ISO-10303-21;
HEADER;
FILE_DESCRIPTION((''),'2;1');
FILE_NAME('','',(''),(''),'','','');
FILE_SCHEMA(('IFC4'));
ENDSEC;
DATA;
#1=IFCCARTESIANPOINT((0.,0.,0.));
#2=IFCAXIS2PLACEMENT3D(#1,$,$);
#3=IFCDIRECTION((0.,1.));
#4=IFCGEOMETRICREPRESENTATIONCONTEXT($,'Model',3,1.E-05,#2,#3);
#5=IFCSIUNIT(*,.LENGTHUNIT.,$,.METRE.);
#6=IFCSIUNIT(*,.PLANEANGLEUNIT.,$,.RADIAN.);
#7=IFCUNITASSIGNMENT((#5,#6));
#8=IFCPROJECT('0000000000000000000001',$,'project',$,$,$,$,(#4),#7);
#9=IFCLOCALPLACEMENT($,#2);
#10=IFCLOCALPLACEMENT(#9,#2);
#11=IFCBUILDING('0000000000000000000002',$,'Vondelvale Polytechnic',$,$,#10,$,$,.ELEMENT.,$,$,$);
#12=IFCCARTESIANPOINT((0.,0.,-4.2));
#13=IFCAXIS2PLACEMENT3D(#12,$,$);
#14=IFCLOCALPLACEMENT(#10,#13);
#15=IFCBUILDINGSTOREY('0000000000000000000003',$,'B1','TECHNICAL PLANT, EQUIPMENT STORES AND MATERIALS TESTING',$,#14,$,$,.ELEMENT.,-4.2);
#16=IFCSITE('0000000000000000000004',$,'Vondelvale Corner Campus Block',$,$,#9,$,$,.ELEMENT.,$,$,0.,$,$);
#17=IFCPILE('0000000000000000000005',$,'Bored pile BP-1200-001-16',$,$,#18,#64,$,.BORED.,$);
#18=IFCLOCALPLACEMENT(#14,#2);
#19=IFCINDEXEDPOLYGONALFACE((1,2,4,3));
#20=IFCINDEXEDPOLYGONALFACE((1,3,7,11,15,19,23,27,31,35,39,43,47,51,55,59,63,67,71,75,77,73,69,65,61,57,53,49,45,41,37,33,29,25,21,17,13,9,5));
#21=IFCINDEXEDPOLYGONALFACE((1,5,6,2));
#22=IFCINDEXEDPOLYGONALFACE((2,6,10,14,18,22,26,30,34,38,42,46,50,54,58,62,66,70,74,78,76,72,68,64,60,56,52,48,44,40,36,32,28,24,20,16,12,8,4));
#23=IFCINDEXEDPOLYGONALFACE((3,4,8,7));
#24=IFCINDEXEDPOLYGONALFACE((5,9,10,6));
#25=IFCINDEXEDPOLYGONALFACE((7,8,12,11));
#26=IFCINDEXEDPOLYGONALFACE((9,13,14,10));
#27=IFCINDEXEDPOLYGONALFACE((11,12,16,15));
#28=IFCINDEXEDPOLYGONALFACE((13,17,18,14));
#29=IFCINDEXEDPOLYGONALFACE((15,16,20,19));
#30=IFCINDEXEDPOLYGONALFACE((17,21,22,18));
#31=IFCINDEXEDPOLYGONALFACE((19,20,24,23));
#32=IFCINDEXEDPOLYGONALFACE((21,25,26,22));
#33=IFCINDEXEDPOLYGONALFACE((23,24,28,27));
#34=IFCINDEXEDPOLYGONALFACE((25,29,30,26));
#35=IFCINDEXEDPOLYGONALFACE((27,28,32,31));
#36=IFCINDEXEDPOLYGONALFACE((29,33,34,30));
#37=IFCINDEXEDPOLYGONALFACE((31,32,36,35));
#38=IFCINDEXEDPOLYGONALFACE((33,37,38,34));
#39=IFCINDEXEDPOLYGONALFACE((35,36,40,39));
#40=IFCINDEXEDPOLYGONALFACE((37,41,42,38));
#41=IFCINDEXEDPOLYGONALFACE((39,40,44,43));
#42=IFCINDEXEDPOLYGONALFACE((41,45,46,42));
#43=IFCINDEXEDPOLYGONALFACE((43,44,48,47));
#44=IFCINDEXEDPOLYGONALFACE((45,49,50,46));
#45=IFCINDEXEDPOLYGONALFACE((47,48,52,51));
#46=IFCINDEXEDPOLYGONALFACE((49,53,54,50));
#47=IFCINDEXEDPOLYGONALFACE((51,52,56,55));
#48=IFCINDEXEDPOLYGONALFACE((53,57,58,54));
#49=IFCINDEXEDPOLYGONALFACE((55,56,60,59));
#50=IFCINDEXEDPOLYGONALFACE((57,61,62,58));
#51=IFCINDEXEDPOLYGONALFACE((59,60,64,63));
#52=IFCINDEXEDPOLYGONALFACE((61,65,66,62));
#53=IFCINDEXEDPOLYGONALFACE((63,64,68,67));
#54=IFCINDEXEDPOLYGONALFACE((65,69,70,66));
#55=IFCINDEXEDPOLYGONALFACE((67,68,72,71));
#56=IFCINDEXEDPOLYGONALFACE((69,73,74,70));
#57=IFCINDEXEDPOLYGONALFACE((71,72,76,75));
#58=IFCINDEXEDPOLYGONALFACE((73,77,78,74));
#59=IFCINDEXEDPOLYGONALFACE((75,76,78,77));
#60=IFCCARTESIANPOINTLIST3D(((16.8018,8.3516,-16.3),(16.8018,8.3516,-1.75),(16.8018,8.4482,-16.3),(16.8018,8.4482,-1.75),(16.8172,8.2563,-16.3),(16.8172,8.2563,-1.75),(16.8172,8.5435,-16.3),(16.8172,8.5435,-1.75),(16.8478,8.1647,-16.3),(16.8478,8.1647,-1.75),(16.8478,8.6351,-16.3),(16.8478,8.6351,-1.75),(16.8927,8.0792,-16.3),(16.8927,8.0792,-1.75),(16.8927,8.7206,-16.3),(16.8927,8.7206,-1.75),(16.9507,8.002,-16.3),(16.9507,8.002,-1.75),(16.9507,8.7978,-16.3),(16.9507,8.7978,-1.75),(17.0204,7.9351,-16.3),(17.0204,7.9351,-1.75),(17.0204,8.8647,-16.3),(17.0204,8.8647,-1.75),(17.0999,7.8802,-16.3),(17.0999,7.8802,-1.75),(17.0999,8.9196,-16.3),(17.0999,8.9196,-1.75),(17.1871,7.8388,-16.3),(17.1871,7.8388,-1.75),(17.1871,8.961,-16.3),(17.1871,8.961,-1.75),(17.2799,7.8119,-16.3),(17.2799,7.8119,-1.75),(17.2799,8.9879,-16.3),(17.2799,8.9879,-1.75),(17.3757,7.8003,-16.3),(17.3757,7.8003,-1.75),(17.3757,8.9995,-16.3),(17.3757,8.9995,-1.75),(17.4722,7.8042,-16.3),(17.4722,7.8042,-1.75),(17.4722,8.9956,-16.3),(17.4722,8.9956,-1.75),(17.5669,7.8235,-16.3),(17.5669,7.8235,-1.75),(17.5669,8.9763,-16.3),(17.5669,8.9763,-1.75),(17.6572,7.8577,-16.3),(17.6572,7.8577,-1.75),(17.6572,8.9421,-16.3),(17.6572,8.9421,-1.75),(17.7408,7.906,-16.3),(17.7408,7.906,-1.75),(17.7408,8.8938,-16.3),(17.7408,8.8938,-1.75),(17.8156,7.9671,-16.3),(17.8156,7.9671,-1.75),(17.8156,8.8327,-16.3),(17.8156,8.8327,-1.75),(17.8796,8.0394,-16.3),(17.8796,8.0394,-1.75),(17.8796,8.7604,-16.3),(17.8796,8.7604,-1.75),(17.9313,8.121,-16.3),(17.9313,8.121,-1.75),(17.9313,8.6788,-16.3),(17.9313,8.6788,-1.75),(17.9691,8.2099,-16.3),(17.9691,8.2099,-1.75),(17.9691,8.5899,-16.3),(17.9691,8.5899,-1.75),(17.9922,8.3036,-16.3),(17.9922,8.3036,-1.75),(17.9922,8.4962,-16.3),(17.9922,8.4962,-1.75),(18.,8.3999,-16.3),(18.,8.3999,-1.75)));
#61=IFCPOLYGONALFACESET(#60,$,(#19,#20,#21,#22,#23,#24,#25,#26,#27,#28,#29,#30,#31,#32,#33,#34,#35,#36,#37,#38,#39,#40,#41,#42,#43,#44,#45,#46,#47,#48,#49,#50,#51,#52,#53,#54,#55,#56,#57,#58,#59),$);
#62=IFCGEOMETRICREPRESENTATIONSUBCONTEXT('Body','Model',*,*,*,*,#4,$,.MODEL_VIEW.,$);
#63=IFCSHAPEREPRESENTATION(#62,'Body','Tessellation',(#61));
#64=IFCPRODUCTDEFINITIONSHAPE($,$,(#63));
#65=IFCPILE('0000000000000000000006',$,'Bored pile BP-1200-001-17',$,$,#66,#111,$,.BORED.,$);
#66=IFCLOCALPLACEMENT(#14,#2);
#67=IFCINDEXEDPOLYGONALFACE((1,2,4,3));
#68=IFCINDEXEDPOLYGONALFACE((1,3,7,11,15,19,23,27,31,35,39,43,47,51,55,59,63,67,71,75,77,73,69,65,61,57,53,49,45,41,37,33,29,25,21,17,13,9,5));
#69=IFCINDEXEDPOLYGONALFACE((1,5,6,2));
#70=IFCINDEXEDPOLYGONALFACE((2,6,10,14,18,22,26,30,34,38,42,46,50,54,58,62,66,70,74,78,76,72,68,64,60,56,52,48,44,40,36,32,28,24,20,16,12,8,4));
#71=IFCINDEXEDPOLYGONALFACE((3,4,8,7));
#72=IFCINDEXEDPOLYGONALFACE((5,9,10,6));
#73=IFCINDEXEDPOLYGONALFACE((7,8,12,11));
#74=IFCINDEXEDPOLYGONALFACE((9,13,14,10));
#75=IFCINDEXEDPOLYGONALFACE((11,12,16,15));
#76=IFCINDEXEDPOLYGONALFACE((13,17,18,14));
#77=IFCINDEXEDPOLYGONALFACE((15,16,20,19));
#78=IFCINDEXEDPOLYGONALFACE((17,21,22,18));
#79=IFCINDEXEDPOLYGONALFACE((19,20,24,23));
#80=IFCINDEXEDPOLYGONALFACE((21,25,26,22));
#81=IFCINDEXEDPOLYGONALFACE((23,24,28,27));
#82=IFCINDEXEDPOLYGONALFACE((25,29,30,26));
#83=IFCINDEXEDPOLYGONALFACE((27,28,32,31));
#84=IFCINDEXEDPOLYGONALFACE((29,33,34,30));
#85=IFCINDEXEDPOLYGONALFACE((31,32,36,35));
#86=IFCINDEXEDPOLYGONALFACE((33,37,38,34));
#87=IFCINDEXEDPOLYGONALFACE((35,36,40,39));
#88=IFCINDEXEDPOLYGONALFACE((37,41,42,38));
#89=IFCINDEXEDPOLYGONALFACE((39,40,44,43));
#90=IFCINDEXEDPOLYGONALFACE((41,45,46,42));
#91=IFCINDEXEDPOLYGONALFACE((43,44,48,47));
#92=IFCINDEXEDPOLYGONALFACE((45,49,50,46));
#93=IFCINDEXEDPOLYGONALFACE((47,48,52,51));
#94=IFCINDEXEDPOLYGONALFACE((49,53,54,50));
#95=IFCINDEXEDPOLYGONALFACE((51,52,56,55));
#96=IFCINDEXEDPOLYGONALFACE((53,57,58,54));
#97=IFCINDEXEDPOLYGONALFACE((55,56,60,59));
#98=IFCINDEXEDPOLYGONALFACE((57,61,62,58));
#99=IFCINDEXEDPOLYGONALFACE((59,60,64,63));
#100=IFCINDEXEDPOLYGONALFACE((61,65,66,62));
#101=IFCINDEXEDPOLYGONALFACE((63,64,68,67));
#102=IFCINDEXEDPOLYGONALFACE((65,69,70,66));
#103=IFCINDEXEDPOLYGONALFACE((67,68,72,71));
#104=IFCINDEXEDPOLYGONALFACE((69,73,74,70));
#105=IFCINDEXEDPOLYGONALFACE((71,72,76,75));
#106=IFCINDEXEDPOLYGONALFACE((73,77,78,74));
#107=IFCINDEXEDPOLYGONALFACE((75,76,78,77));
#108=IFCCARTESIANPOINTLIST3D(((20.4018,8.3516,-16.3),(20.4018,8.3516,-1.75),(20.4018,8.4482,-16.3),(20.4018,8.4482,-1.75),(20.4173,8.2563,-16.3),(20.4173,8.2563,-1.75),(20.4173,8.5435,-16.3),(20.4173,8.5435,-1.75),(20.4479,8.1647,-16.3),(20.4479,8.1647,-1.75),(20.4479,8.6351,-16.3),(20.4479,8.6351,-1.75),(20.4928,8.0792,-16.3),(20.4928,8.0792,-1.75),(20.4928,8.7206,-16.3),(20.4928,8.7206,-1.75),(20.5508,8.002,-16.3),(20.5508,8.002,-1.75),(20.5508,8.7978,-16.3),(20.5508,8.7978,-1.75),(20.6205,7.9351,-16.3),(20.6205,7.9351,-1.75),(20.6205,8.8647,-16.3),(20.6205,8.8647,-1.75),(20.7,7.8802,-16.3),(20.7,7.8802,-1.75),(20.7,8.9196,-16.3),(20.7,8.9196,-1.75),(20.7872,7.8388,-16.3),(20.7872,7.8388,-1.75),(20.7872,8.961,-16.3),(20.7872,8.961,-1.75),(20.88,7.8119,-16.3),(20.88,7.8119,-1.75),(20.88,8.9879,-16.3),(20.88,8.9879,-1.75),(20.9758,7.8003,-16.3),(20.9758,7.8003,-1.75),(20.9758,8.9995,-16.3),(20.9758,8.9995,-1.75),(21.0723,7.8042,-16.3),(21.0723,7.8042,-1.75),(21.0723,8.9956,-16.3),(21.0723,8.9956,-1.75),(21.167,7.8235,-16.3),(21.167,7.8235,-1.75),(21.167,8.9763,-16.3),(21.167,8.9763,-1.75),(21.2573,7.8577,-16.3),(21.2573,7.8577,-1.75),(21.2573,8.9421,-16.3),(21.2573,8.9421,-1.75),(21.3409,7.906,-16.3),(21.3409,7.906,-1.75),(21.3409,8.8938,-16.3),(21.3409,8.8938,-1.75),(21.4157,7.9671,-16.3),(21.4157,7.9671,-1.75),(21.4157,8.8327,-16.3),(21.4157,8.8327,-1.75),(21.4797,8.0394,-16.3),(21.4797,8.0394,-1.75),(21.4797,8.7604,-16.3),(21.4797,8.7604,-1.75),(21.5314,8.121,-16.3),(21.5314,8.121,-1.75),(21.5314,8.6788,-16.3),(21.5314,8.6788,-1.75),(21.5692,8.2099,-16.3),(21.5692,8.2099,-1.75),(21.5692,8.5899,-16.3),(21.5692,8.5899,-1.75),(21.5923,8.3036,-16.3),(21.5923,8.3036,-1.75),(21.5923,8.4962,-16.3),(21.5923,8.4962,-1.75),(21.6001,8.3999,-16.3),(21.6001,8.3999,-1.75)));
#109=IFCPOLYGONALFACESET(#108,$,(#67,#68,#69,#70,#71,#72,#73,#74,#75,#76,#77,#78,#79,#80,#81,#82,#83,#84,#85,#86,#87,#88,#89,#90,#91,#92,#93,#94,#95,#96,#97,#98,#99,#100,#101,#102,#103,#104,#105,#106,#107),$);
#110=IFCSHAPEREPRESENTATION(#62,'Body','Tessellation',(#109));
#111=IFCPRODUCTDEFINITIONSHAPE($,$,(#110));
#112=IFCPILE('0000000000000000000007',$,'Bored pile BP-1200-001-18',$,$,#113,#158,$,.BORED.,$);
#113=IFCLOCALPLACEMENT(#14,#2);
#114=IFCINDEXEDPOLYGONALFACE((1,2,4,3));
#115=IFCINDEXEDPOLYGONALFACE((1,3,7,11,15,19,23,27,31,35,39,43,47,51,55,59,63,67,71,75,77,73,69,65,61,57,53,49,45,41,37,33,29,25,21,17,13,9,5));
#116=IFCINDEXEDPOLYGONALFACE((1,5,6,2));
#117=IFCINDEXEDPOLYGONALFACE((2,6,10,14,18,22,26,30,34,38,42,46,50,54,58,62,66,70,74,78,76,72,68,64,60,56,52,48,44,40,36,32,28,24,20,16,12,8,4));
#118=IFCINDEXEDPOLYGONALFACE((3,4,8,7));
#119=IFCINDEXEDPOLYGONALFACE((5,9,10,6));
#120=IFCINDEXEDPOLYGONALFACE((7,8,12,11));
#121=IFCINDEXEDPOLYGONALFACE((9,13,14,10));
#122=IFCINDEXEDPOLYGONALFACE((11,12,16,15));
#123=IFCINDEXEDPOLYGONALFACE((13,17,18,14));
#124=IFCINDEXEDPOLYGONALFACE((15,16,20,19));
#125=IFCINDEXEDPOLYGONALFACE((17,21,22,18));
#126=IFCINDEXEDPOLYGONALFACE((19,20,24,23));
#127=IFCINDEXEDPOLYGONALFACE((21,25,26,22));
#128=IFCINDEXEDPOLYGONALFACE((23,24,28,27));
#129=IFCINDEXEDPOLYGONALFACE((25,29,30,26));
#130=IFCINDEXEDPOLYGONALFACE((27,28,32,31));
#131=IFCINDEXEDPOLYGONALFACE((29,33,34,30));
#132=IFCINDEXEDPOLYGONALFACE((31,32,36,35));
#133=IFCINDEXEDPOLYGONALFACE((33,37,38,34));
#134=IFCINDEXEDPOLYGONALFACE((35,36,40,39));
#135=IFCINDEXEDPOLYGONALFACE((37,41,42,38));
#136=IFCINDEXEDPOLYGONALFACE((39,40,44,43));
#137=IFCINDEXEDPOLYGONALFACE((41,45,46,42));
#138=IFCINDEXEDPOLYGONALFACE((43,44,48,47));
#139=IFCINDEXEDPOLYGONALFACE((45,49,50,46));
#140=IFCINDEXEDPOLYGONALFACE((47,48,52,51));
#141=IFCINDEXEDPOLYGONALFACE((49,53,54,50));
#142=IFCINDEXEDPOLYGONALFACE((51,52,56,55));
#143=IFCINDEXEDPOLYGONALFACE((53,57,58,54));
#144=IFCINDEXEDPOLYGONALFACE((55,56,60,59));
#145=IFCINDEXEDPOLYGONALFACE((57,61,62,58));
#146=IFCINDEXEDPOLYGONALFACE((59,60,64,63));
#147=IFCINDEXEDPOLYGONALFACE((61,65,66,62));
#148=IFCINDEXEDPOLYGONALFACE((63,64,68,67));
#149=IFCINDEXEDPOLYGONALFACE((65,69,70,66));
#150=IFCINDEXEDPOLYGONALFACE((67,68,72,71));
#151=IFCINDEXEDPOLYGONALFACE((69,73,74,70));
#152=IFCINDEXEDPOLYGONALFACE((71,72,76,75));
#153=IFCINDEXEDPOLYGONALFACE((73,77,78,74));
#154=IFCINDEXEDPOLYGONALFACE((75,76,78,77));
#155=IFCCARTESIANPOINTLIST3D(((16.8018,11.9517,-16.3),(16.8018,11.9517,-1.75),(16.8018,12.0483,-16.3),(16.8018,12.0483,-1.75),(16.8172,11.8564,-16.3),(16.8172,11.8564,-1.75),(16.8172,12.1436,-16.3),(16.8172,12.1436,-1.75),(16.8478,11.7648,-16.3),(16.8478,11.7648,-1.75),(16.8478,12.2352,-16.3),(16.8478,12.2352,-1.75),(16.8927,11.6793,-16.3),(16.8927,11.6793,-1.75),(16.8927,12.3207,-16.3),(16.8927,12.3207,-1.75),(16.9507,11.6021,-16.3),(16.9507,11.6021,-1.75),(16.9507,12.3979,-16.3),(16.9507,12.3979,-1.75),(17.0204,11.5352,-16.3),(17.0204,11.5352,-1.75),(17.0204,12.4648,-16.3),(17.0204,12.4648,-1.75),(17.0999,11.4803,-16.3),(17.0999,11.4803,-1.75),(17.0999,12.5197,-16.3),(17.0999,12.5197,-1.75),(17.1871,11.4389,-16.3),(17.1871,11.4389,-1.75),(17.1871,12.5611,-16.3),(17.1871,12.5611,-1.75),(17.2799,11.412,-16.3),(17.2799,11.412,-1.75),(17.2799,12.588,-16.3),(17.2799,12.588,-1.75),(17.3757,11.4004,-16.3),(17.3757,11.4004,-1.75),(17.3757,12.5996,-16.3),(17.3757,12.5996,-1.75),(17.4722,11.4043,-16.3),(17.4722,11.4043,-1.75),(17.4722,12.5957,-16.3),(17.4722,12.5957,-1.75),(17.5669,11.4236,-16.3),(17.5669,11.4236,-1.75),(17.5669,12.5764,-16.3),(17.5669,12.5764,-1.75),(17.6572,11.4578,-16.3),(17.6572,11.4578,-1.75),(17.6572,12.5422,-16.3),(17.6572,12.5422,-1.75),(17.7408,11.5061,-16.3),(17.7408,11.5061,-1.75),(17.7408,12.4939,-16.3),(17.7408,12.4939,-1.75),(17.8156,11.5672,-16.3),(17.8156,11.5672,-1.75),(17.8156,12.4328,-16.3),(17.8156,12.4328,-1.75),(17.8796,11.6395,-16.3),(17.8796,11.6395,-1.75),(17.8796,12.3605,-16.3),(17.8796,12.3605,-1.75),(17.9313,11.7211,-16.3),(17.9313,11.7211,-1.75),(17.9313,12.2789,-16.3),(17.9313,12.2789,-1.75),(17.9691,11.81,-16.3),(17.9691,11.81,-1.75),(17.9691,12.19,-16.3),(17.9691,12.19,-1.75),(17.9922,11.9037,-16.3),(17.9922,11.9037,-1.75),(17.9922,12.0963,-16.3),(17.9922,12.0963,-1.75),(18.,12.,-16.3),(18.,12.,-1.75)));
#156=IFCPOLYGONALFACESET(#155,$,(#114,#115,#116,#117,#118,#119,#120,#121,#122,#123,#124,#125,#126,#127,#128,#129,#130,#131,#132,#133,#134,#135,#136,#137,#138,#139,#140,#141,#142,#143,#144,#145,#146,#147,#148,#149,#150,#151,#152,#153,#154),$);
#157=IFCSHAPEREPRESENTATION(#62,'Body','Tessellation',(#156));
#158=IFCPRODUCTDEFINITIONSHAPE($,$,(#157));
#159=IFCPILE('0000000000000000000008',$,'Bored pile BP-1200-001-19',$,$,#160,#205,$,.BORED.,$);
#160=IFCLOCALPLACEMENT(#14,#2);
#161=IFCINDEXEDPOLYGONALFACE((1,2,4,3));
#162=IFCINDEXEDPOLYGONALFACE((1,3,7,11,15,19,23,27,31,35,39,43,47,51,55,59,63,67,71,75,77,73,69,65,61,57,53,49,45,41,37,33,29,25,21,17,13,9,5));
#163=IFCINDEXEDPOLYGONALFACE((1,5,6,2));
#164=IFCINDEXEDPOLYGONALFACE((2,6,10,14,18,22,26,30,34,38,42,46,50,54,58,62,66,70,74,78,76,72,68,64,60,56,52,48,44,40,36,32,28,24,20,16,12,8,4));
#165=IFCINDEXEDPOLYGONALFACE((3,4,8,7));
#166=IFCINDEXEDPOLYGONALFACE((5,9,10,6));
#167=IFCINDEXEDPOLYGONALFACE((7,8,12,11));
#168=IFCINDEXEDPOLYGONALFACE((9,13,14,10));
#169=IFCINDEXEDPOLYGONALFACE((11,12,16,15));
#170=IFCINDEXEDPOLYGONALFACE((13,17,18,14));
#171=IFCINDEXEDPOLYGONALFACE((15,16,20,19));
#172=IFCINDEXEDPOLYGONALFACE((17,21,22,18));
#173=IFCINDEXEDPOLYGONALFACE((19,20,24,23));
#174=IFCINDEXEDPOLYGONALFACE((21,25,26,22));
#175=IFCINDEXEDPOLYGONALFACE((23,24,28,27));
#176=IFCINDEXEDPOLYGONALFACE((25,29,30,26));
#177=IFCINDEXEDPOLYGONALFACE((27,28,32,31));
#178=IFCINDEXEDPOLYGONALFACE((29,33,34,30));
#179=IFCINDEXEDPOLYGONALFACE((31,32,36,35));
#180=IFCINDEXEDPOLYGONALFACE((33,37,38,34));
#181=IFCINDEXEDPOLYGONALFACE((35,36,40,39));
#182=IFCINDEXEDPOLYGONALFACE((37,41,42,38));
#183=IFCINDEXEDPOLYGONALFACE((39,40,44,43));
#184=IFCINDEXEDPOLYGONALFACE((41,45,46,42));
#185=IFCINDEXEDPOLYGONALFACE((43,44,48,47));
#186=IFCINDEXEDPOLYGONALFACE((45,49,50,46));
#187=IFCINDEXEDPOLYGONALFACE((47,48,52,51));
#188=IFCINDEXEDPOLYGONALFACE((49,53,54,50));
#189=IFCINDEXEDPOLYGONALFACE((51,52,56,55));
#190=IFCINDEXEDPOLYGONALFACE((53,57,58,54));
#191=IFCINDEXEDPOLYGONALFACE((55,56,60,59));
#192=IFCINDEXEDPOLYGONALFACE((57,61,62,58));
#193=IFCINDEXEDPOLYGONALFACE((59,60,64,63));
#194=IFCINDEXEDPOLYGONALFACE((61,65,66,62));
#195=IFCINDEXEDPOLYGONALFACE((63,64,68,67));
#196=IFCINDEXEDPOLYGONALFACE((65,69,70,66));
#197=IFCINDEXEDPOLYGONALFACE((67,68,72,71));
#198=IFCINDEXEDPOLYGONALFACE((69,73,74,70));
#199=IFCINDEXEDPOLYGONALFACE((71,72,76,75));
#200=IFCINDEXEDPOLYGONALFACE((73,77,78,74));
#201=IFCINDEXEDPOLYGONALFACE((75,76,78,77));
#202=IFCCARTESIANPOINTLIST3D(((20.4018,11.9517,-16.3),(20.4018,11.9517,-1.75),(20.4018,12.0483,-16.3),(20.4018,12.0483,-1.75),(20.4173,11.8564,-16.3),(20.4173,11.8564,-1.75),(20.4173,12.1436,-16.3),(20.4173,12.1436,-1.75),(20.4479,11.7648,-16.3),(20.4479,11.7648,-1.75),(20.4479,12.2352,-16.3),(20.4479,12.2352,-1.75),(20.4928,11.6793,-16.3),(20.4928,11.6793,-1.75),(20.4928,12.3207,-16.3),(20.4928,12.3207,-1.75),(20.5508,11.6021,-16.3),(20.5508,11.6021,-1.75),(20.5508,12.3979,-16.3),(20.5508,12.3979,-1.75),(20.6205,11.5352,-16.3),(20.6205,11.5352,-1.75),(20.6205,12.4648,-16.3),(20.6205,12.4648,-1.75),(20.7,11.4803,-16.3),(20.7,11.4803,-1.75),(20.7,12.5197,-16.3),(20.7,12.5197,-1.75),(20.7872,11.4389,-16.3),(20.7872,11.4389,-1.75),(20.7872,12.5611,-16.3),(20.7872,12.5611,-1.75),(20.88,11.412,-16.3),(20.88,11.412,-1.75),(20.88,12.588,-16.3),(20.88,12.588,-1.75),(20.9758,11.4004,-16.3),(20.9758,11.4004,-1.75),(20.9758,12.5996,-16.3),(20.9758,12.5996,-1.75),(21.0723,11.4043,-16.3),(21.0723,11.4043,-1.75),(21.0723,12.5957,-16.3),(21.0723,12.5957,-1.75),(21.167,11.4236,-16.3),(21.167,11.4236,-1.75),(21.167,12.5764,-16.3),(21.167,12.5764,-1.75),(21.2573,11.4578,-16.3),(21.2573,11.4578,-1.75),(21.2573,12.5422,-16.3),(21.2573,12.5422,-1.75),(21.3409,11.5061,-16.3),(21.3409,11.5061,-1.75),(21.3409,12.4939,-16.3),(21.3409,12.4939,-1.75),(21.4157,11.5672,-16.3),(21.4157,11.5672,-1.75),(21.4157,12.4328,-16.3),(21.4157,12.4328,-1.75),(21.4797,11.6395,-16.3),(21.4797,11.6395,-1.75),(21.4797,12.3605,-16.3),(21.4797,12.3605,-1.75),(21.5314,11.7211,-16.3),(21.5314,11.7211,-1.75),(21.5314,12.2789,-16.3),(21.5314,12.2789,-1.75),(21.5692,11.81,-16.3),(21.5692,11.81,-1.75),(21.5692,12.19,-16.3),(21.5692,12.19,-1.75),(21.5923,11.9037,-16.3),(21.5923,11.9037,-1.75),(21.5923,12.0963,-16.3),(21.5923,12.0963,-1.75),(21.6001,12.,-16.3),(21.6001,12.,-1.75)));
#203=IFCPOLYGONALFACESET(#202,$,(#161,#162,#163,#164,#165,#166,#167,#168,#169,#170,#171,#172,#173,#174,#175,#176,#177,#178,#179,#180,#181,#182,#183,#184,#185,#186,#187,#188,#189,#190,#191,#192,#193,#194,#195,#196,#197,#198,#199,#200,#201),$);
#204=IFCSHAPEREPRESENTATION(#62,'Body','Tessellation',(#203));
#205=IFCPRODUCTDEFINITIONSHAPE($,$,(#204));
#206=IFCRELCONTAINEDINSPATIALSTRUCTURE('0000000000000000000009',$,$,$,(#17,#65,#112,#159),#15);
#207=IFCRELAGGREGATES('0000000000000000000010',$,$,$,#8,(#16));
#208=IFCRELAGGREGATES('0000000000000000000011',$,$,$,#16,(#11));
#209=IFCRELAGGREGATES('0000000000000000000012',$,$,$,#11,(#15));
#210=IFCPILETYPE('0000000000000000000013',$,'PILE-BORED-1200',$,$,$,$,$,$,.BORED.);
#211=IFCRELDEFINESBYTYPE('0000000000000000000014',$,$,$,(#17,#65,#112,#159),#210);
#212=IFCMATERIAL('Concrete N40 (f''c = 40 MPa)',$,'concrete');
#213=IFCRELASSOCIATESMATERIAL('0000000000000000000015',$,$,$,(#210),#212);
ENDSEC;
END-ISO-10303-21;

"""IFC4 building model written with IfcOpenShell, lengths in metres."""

from ifc_helpers import new_model, si_unit, direction, frame, origin, origin_2d, place, context, subcontext, project, spatial, circle, extrude, material, material_profile, profile_set, type_object, element, save


model = new_model("IFC4")

# Units and contexts
model_context = context("Model", 3, precision=1e-05, world=origin(), true_north=direction((0.0, 1.0)))
body_context = subcontext(model_context, "Body", "Model", "MODEL_VIEW")
ifc_project = project(units=[si_unit("LENGTHUNIT", "METRE"), si_unit("PLANEANGLEUNIT", "RADIAN")], contexts=[model_context])

# Site, building, storey
site_placement = place(None, origin())
site = spatial("IfcSite", under=ifc_project, at=site_placement, Name="Vondelvale Corner Campus Block", CompositionType="ELEMENT", RefElevation=0.0)
building_placement = place(site_placement, origin())
building = spatial("IfcBuilding", under=site, at=building_placement, Name="Vondelvale Polytechnic", CompositionType="ELEMENT")
storey_placement = place(building_placement, frame((0.0, 0.0, -4.2)))
storey = spatial("IfcBuildingStorey", under=building, at=storey_placement, Name="B1", Description="TECHNICAL PLANT, EQUIPMENT STORES AND MATERIALS TESTING", CompositionType="ELEMENT", Elevation=-4.2)

# Shared definitions
ifc_material_1 = material(Name="Concrete N40 (f'c = 40 MPa)", Category="concrete")

# Piles
ifc_material_profile_1 = material_profile(ifc_material_1, circle(Radius=0.6001, at=origin_2d()), Name="PILE-D1200")
ifc_profile_set_1 = profile_set([ifc_material_profile_1], Name="Concrete N40 (f'c = 40 MPa)")
pile_type = type_object("IfcPileType", Name="PILE-BORED-1200", PredefinedType="BORED", material=ifc_profile_set_1)
for number, where, z_axis, x_axis, name in (
    (1, (17.3999, 8.3999, -1.75), (0.0, 0.0, -1.0), (1.0, 0.0, 0.0), "Bored pile BP-1200-001-16"),
    (2, (21.0, 8.3999, -1.75), (0.0, 0.0, -1.0), (1.0, 0.0, 0.0), "Bored pile BP-1200-001-17"),
    (3, (17.3999, 12.0, -1.75), (0.0, 0.0, -1.0), (1.0, 0.0, 0.0), "Bored pile BP-1200-001-18"),
    (4, (21.0, 12.0, -1.75), (0.0, 0.0, -1.0), (1.0, 0.0, 0.0), "Bored pile BP-1200-001-19"),
):
    element("IfcPile", number, at=place(storey_placement, frame(where, z_axis=z_axis, x_axis=x_axis)), inside=storey, type_object=pile_type, Name=name, PredefinedType="BORED", context=body_context, shape_type="SweptSolid", body=[
        extrude(circle(Radius=0.6001, at=origin_2d()), origin(), (0.0, 0.0, 1.0), 14.55),
    ])

save(model, "model.ifc")
